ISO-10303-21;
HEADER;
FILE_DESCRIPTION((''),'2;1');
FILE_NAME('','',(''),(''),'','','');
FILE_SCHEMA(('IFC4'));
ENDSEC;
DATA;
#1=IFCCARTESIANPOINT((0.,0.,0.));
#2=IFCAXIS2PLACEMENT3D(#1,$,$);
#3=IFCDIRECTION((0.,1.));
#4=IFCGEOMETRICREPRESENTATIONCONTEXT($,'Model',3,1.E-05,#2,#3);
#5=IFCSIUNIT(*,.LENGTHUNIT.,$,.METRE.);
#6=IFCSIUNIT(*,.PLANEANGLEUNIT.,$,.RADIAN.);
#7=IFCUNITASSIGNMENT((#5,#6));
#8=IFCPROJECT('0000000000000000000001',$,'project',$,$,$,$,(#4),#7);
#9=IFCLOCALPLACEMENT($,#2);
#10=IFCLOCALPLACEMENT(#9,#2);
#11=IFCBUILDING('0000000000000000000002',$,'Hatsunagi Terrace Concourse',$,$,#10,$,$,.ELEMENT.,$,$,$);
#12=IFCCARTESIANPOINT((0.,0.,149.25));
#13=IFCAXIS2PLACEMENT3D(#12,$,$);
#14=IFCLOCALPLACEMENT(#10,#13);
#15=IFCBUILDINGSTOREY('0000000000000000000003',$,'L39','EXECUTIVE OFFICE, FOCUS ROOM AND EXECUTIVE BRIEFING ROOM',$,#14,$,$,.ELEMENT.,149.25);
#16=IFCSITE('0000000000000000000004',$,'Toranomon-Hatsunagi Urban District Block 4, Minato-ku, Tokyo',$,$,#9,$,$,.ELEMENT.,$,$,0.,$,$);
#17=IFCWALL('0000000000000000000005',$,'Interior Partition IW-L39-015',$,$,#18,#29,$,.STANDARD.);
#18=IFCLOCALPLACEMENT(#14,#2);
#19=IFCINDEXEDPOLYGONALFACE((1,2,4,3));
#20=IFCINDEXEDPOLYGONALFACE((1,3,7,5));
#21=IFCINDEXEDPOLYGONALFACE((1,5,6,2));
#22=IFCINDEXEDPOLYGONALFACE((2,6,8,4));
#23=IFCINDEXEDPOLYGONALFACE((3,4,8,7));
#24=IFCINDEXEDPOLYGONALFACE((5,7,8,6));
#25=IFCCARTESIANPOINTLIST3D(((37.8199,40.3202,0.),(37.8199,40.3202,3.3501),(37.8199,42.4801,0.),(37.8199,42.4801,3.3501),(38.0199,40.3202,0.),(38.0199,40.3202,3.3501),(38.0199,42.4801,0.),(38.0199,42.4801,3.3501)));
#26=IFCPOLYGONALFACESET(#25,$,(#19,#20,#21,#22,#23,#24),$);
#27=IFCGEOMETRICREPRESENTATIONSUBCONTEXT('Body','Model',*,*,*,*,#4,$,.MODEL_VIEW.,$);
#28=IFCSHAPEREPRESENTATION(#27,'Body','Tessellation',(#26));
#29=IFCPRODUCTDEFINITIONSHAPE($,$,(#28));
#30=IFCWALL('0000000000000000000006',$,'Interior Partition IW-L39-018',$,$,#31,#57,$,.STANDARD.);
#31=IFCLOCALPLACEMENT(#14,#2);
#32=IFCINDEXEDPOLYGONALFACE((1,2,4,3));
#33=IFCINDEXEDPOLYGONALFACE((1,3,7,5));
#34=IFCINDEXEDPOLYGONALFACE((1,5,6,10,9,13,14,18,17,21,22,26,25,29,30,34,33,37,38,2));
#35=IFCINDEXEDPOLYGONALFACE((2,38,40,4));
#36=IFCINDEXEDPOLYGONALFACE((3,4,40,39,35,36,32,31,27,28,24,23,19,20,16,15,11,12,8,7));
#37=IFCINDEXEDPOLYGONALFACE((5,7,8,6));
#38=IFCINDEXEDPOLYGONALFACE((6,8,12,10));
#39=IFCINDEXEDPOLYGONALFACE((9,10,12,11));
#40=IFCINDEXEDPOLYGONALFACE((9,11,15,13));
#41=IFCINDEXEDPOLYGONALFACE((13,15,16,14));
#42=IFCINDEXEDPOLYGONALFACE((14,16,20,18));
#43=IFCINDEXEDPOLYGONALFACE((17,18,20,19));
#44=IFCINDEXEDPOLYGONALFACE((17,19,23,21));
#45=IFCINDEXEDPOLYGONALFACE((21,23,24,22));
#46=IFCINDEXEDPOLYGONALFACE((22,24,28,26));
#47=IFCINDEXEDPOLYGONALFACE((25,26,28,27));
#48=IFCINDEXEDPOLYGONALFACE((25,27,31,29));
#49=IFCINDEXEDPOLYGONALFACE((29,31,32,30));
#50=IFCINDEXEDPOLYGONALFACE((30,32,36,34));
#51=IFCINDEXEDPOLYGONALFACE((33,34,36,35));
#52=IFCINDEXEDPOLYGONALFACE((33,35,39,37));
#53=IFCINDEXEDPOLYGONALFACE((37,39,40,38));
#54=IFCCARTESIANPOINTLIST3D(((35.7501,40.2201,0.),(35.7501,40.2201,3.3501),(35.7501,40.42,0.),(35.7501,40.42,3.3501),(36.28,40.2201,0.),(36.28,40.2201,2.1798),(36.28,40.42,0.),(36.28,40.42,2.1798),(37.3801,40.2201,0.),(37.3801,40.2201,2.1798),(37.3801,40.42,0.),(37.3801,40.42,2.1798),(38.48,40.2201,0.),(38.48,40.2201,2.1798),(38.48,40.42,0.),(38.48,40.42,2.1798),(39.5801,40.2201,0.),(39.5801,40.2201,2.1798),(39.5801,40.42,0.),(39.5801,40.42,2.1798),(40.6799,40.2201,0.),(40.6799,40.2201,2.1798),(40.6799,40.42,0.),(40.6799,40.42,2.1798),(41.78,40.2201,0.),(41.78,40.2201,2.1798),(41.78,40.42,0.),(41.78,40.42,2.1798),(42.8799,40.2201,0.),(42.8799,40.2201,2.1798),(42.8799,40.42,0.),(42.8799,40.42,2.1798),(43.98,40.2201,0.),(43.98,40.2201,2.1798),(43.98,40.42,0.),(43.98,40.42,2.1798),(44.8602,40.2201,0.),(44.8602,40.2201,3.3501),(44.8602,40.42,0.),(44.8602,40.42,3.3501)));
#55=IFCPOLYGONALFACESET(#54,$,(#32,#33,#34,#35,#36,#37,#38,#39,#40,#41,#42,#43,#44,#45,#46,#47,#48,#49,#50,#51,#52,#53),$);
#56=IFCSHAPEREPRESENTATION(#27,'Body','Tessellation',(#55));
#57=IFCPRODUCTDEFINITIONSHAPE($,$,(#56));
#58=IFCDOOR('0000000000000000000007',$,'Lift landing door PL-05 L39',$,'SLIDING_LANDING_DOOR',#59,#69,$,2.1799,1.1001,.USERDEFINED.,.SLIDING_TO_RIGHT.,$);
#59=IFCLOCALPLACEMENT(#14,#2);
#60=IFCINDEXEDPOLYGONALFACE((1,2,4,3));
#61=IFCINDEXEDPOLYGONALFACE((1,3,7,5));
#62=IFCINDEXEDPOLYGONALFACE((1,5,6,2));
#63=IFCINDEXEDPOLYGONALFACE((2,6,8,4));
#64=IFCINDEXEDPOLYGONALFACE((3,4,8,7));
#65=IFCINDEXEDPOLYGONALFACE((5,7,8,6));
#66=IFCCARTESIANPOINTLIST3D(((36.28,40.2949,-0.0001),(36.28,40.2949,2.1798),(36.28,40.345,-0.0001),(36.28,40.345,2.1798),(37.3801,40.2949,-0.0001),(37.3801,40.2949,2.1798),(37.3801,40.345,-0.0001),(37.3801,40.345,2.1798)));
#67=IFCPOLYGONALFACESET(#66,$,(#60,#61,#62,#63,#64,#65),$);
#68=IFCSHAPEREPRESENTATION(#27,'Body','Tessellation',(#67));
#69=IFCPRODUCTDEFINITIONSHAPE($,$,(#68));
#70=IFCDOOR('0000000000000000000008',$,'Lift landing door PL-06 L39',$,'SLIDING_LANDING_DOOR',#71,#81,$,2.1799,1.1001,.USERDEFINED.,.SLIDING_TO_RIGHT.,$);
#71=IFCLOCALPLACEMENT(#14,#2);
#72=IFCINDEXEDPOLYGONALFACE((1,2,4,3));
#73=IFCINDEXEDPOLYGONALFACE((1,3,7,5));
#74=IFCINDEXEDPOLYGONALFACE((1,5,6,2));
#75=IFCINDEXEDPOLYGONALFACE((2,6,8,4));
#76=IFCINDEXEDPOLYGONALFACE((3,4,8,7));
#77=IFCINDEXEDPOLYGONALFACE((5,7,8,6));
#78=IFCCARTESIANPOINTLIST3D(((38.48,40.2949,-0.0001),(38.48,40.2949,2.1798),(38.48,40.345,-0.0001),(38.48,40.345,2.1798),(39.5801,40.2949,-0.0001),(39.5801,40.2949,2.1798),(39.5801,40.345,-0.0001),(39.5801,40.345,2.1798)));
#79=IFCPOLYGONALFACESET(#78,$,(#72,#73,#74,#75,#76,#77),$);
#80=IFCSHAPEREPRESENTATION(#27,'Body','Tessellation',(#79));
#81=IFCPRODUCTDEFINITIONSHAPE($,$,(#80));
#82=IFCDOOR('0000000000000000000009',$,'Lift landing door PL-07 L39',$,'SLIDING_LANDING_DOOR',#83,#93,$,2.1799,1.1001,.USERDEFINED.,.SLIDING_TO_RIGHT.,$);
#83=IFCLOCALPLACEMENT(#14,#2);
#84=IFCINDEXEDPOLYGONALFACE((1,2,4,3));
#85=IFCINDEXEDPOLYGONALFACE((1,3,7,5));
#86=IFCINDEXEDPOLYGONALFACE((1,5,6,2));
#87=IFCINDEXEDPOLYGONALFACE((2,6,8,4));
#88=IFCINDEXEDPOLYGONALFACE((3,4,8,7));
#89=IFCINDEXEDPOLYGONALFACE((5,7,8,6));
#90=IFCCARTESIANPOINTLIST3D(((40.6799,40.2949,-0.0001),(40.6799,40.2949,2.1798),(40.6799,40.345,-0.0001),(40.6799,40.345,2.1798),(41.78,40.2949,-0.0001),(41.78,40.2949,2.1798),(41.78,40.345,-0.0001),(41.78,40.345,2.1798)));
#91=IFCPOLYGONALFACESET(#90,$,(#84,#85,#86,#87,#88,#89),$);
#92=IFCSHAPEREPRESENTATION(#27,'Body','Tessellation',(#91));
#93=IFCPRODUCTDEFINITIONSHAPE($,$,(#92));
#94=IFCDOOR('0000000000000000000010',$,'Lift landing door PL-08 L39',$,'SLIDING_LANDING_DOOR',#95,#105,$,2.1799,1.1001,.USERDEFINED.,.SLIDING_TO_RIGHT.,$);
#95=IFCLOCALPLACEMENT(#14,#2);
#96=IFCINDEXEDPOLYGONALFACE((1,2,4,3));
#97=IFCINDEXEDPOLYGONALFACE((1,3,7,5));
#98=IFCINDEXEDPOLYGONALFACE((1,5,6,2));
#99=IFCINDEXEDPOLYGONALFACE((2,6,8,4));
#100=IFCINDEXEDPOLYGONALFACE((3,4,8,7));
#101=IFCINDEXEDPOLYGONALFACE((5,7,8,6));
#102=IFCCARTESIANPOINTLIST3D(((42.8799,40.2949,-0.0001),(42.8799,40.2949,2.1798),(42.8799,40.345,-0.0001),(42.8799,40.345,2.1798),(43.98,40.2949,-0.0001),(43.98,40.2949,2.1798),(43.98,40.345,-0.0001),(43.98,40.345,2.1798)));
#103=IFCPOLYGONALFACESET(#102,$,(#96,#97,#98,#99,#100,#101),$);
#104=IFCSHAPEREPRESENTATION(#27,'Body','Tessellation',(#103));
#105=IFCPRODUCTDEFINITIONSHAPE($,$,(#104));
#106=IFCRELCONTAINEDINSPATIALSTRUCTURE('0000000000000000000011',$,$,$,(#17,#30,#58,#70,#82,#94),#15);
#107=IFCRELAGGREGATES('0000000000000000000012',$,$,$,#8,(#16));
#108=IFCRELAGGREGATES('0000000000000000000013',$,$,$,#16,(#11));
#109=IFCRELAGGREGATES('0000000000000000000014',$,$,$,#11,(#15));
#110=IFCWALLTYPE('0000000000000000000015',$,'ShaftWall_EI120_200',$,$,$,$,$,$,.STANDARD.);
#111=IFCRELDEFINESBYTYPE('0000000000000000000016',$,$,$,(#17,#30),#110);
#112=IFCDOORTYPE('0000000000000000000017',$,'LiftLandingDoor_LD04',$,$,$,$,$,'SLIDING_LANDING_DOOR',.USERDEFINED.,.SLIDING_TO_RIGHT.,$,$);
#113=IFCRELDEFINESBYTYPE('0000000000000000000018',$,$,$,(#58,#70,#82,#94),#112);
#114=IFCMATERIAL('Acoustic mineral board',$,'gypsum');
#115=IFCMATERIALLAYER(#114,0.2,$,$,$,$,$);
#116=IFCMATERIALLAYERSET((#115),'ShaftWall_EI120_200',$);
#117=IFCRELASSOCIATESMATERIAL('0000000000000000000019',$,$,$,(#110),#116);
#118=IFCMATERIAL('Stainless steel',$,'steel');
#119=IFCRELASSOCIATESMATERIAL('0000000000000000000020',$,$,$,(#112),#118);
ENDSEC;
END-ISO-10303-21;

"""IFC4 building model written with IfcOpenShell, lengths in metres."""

from ifc_helpers import new_model, si_unit, direction, frame, frame_2d, origin, place, context, subcontext, project, spatial, rectangle, extrude, material, layer, layer_set, type_object, element, fill, save


model = new_model("IFC4")

# Units and contexts
model_context = context("Model", 3, precision=1e-05, world=origin(), true_north=direction((0.0, 1.0)))
body_context = subcontext(model_context, "Body", "Model", "MODEL_VIEW")
ifc_project = project(units=[si_unit("LENGTHUNIT", "METRE"), si_unit("PLANEANGLEUNIT", "RADIAN")], contexts=[model_context])

# Site, building, storey
site_placement = place(None, origin())
site = spatial("IfcSite", under=ifc_project, at=site_placement, Name="Toranomon-Hatsunagi Urban District Block 4, Minato-ku, Tokyo", CompositionType="ELEMENT", RefElevation=0.0)
building_placement = place(site_placement, origin())
building = spatial("IfcBuilding", under=site, at=building_placement, Name="Hatsunagi Terrace Concourse", CompositionType="ELEMENT")
storey_placement = place(building_placement, frame((0.0, 0.0, 149.25)))
storey = spatial("IfcBuildingStorey", under=building, at=storey_placement, Name="L39", Description="EXECUTIVE OFFICE, FOCUS ROOM AND EXECUTIVE BRIEFING ROOM", CompositionType="ELEMENT", Elevation=149.25)

# Wall
ifc_material_1 = material(Name="Acoustic mineral board", Category="gypsum")
ifc_layer_1 = layer(ifc_material_1, 0.2)
ifc_layer_set_1 = layer_set([ifc_layer_1], Name="ShaftWall_EI120_200")
wall_type_1 = type_object("IfcWallType", Name="ShaftWall_EI120_200", PredefinedType="STANDARD", material=ifc_layer_set_1)
for number, where, z_axis, x_axis, name in (
    (1, (37.9199, 40.3201, 0.0), (0.0, 0.0, 1.0), (0.0, 1.0, 0.0), "Interior Partition IW-L39-015"),
):
    element("IfcWall", number, at=place(storey_placement, frame(where, z_axis=z_axis, x_axis=x_axis)), inside=storey, type_object=wall_type_1, Name=name, PredefinedType="STANDARD", context=body_context, shape_type="SweptSolid", body=[
        extrude(rectangle(XDim=2.1599, YDim=0.2, at=frame_2d((1.0801, 0.0))), origin(), (0.0, 0.0, 1.0), 3.3501),
    ])

# Wall, openings, doors
wall_1_placement = place(storey_placement, frame((35.75, 40.3201, 0.0), z_axis=(0.0, 0.0, 1.0), x_axis=(1.0, 0.0, 0.0)))
wall_1 = element("IfcWall", 2, at=wall_1_placement, inside=storey, type_object=wall_type_1, Name="Interior Partition IW-L39-018", PredefinedType="STANDARD", context=body_context, shape_type="SweptSolid", body=[
    extrude(rectangle(XDim=9.1101, YDim=0.2, at=frame_2d((4.5552, 0.0))), origin(), (0.0, 0.0, 1.0), 3.3501),
])
opening_1_placement = place(wall_1_placement, frame((0.53, 0.0, 0.0)))
opening_1 = element("IfcOpeningElement", 3, at=opening_1_placement, cuts=wall_1, PredefinedType="OPENING", context=body_context, shape_type="SweptSolid", body=[
    extrude(rectangle(XDim=1.1001, YDim=2.1799, at=frame_2d((0.55, 1.0898))), frame((0.0, 0.1099, 0.0), z_axis=(0.0, -1.0, 0.0), x_axis=(1.0, 0.0, 0.0)), (0.0, 0.0, 1.0), 0.22),
])
opening_2_placement = place(wall_1_placement, frame((2.73, 0.0, 0.0)))
opening_2 = element("IfcOpeningElement", 4, at=opening_2_placement, cuts=wall_1, PredefinedType="OPENING", context=body_context, shape_type="SweptSolid", body=[
    extrude(rectangle(XDim=1.1001, YDim=2.1799, at=frame_2d((0.55, 1.0898))), frame((0.0, 0.1099, 0.0), z_axis=(0.0, -1.0, 0.0), x_axis=(1.0, 0.0, 0.0)), (0.0, 0.0, 1.0), 0.22),
])
opening_3_placement = place(wall_1_placement, frame((4.9299, 0.0, 0.0)))
opening_3 = element("IfcOpeningElement", 5, at=opening_3_placement, cuts=wall_1, PredefinedType="OPENING", context=body_context, shape_type="SweptSolid", body=[
    extrude(rectangle(XDim=1.1001, YDim=2.1799, at=frame_2d((0.55, 1.0898))), frame((0.0, 0.1099, 0.0), z_axis=(0.0, -1.0, 0.0), x_axis=(1.0, 0.0, 0.0)), (0.0, 0.0, 1.0), 0.22),
])
opening_4_placement = place(wall_1_placement, frame((7.1299, 0.0, 0.0)))
opening_4 = element("IfcOpeningElement", 6, at=opening_4_placement, cuts=wall_1, PredefinedType="OPENING", context=body_context, shape_type="SweptSolid", body=[
    extrude(rectangle(XDim=1.1001, YDim=2.1799, at=frame_2d((0.55, 1.0898))), frame((0.0, 0.1099, 0.0), z_axis=(0.0, -1.0, 0.0), x_axis=(1.0, 0.0, 0.0)), (0.0, 0.0, 1.0), 0.22),
])
ifc_material_2 = material(Name="Stainless steel", Category="steel")
door_type_1 = type_object("IfcDoorType", Name="LiftLandingDoor_LD04", ElementType="SLIDING_LANDING_DOOR", OperationType="SLIDING_TO_RIGHT", PredefinedType="USERDEFINED", material=ifc_material_2)
door_1_placement = place(opening_1_placement, origin())
door_1 = element("IfcDoor", 7, at=door_1_placement, inside=storey, type_object=door_type_1, Name="Lift landing door PL-05 L39", ObjectType="SLIDING_LANDING_DOOR", OperationType="SLIDING_TO_RIGHT", OverallHeight=2.1799, OverallWidth=1.1001, PredefinedType="USERDEFINED", context=body_context, shape_type="SweptSolid", body=[
    extrude(rectangle(XDim=1.1001, YDim=2.1799, at=frame_2d((0.55, 1.0898))), frame((0.0, 0.0249, 0.0), z_axis=(0.0, -1.0, 0.0), x_axis=(1.0, 0.0, 0.0)), (0.0, 0.0, 1.0), 0.05),
])
fill(opening_1, door_1)
door_2_placement = place(opening_2_placement, origin())
door_2 = element("IfcDoor", 8, at=door_2_placement, inside=storey, type_object=door_type_1, Name="Lift landing door PL-06 L39", ObjectType="SLIDING_LANDING_DOOR", OperationType="SLIDING_TO_RIGHT", OverallHeight=2.1799, OverallWidth=1.1001, PredefinedType="USERDEFINED", context=body_context, shape_type="SweptSolid", body=[
    extrude(rectangle(XDim=1.1001, YDim=2.1799, at=frame_2d((0.55, 1.0898))), frame((0.0, 0.0249, 0.0), z_axis=(0.0, -1.0, 0.0), x_axis=(1.0, 0.0, 0.0)), (0.0, 0.0, 1.0), 0.05),
])
fill(opening_2, door_2)
door_3_placement = place(opening_3_placement, origin())
door_3 = element("IfcDoor", 9, at=door_3_placement, inside=storey, type_object=door_type_1, Name="Lift landing door PL-07 L39", ObjectType="SLIDING_LANDING_DOOR", OperationType="SLIDING_TO_RIGHT", OverallHeight=2.1799, OverallWidth=1.1001, PredefinedType="USERDEFINED", context=body_context, shape_type="SweptSolid", body=[
    extrude(rectangle(XDim=1.1001, YDim=2.1799, at=frame_2d((0.55, 1.0898))), frame((0.0, 0.0249, 0.0), z_axis=(0.0, -1.0, 0.0), x_axis=(1.0, 0.0, 0.0)), (0.0, 0.0, 1.0), 0.05),
])
fill(opening_3, door_3)
door_4_placement = place(opening_4_placement, origin())
door_4 = element("IfcDoor", 10, at=door_4_placement, inside=storey, type_object=door_type_1, Name="Lift landing door PL-08 L39", ObjectType="SLIDING_LANDING_DOOR", OperationType="SLIDING_TO_RIGHT", OverallHeight=2.1799, OverallWidth=1.1001, PredefinedType="USERDEFINED", context=body_context, shape_type="SweptSolid", body=[
    extrude(rectangle(XDim=1.1001, YDim=2.1799, at=frame_2d((0.55, 1.0898))), frame((0.0, 0.0249, 0.0), z_axis=(0.0, -1.0, 0.0), x_axis=(1.0, 0.0, 0.0)), (0.0, 0.0, 1.0), 0.05),
])
fill(opening_4, door_4)

save(model, "model.ifc")
